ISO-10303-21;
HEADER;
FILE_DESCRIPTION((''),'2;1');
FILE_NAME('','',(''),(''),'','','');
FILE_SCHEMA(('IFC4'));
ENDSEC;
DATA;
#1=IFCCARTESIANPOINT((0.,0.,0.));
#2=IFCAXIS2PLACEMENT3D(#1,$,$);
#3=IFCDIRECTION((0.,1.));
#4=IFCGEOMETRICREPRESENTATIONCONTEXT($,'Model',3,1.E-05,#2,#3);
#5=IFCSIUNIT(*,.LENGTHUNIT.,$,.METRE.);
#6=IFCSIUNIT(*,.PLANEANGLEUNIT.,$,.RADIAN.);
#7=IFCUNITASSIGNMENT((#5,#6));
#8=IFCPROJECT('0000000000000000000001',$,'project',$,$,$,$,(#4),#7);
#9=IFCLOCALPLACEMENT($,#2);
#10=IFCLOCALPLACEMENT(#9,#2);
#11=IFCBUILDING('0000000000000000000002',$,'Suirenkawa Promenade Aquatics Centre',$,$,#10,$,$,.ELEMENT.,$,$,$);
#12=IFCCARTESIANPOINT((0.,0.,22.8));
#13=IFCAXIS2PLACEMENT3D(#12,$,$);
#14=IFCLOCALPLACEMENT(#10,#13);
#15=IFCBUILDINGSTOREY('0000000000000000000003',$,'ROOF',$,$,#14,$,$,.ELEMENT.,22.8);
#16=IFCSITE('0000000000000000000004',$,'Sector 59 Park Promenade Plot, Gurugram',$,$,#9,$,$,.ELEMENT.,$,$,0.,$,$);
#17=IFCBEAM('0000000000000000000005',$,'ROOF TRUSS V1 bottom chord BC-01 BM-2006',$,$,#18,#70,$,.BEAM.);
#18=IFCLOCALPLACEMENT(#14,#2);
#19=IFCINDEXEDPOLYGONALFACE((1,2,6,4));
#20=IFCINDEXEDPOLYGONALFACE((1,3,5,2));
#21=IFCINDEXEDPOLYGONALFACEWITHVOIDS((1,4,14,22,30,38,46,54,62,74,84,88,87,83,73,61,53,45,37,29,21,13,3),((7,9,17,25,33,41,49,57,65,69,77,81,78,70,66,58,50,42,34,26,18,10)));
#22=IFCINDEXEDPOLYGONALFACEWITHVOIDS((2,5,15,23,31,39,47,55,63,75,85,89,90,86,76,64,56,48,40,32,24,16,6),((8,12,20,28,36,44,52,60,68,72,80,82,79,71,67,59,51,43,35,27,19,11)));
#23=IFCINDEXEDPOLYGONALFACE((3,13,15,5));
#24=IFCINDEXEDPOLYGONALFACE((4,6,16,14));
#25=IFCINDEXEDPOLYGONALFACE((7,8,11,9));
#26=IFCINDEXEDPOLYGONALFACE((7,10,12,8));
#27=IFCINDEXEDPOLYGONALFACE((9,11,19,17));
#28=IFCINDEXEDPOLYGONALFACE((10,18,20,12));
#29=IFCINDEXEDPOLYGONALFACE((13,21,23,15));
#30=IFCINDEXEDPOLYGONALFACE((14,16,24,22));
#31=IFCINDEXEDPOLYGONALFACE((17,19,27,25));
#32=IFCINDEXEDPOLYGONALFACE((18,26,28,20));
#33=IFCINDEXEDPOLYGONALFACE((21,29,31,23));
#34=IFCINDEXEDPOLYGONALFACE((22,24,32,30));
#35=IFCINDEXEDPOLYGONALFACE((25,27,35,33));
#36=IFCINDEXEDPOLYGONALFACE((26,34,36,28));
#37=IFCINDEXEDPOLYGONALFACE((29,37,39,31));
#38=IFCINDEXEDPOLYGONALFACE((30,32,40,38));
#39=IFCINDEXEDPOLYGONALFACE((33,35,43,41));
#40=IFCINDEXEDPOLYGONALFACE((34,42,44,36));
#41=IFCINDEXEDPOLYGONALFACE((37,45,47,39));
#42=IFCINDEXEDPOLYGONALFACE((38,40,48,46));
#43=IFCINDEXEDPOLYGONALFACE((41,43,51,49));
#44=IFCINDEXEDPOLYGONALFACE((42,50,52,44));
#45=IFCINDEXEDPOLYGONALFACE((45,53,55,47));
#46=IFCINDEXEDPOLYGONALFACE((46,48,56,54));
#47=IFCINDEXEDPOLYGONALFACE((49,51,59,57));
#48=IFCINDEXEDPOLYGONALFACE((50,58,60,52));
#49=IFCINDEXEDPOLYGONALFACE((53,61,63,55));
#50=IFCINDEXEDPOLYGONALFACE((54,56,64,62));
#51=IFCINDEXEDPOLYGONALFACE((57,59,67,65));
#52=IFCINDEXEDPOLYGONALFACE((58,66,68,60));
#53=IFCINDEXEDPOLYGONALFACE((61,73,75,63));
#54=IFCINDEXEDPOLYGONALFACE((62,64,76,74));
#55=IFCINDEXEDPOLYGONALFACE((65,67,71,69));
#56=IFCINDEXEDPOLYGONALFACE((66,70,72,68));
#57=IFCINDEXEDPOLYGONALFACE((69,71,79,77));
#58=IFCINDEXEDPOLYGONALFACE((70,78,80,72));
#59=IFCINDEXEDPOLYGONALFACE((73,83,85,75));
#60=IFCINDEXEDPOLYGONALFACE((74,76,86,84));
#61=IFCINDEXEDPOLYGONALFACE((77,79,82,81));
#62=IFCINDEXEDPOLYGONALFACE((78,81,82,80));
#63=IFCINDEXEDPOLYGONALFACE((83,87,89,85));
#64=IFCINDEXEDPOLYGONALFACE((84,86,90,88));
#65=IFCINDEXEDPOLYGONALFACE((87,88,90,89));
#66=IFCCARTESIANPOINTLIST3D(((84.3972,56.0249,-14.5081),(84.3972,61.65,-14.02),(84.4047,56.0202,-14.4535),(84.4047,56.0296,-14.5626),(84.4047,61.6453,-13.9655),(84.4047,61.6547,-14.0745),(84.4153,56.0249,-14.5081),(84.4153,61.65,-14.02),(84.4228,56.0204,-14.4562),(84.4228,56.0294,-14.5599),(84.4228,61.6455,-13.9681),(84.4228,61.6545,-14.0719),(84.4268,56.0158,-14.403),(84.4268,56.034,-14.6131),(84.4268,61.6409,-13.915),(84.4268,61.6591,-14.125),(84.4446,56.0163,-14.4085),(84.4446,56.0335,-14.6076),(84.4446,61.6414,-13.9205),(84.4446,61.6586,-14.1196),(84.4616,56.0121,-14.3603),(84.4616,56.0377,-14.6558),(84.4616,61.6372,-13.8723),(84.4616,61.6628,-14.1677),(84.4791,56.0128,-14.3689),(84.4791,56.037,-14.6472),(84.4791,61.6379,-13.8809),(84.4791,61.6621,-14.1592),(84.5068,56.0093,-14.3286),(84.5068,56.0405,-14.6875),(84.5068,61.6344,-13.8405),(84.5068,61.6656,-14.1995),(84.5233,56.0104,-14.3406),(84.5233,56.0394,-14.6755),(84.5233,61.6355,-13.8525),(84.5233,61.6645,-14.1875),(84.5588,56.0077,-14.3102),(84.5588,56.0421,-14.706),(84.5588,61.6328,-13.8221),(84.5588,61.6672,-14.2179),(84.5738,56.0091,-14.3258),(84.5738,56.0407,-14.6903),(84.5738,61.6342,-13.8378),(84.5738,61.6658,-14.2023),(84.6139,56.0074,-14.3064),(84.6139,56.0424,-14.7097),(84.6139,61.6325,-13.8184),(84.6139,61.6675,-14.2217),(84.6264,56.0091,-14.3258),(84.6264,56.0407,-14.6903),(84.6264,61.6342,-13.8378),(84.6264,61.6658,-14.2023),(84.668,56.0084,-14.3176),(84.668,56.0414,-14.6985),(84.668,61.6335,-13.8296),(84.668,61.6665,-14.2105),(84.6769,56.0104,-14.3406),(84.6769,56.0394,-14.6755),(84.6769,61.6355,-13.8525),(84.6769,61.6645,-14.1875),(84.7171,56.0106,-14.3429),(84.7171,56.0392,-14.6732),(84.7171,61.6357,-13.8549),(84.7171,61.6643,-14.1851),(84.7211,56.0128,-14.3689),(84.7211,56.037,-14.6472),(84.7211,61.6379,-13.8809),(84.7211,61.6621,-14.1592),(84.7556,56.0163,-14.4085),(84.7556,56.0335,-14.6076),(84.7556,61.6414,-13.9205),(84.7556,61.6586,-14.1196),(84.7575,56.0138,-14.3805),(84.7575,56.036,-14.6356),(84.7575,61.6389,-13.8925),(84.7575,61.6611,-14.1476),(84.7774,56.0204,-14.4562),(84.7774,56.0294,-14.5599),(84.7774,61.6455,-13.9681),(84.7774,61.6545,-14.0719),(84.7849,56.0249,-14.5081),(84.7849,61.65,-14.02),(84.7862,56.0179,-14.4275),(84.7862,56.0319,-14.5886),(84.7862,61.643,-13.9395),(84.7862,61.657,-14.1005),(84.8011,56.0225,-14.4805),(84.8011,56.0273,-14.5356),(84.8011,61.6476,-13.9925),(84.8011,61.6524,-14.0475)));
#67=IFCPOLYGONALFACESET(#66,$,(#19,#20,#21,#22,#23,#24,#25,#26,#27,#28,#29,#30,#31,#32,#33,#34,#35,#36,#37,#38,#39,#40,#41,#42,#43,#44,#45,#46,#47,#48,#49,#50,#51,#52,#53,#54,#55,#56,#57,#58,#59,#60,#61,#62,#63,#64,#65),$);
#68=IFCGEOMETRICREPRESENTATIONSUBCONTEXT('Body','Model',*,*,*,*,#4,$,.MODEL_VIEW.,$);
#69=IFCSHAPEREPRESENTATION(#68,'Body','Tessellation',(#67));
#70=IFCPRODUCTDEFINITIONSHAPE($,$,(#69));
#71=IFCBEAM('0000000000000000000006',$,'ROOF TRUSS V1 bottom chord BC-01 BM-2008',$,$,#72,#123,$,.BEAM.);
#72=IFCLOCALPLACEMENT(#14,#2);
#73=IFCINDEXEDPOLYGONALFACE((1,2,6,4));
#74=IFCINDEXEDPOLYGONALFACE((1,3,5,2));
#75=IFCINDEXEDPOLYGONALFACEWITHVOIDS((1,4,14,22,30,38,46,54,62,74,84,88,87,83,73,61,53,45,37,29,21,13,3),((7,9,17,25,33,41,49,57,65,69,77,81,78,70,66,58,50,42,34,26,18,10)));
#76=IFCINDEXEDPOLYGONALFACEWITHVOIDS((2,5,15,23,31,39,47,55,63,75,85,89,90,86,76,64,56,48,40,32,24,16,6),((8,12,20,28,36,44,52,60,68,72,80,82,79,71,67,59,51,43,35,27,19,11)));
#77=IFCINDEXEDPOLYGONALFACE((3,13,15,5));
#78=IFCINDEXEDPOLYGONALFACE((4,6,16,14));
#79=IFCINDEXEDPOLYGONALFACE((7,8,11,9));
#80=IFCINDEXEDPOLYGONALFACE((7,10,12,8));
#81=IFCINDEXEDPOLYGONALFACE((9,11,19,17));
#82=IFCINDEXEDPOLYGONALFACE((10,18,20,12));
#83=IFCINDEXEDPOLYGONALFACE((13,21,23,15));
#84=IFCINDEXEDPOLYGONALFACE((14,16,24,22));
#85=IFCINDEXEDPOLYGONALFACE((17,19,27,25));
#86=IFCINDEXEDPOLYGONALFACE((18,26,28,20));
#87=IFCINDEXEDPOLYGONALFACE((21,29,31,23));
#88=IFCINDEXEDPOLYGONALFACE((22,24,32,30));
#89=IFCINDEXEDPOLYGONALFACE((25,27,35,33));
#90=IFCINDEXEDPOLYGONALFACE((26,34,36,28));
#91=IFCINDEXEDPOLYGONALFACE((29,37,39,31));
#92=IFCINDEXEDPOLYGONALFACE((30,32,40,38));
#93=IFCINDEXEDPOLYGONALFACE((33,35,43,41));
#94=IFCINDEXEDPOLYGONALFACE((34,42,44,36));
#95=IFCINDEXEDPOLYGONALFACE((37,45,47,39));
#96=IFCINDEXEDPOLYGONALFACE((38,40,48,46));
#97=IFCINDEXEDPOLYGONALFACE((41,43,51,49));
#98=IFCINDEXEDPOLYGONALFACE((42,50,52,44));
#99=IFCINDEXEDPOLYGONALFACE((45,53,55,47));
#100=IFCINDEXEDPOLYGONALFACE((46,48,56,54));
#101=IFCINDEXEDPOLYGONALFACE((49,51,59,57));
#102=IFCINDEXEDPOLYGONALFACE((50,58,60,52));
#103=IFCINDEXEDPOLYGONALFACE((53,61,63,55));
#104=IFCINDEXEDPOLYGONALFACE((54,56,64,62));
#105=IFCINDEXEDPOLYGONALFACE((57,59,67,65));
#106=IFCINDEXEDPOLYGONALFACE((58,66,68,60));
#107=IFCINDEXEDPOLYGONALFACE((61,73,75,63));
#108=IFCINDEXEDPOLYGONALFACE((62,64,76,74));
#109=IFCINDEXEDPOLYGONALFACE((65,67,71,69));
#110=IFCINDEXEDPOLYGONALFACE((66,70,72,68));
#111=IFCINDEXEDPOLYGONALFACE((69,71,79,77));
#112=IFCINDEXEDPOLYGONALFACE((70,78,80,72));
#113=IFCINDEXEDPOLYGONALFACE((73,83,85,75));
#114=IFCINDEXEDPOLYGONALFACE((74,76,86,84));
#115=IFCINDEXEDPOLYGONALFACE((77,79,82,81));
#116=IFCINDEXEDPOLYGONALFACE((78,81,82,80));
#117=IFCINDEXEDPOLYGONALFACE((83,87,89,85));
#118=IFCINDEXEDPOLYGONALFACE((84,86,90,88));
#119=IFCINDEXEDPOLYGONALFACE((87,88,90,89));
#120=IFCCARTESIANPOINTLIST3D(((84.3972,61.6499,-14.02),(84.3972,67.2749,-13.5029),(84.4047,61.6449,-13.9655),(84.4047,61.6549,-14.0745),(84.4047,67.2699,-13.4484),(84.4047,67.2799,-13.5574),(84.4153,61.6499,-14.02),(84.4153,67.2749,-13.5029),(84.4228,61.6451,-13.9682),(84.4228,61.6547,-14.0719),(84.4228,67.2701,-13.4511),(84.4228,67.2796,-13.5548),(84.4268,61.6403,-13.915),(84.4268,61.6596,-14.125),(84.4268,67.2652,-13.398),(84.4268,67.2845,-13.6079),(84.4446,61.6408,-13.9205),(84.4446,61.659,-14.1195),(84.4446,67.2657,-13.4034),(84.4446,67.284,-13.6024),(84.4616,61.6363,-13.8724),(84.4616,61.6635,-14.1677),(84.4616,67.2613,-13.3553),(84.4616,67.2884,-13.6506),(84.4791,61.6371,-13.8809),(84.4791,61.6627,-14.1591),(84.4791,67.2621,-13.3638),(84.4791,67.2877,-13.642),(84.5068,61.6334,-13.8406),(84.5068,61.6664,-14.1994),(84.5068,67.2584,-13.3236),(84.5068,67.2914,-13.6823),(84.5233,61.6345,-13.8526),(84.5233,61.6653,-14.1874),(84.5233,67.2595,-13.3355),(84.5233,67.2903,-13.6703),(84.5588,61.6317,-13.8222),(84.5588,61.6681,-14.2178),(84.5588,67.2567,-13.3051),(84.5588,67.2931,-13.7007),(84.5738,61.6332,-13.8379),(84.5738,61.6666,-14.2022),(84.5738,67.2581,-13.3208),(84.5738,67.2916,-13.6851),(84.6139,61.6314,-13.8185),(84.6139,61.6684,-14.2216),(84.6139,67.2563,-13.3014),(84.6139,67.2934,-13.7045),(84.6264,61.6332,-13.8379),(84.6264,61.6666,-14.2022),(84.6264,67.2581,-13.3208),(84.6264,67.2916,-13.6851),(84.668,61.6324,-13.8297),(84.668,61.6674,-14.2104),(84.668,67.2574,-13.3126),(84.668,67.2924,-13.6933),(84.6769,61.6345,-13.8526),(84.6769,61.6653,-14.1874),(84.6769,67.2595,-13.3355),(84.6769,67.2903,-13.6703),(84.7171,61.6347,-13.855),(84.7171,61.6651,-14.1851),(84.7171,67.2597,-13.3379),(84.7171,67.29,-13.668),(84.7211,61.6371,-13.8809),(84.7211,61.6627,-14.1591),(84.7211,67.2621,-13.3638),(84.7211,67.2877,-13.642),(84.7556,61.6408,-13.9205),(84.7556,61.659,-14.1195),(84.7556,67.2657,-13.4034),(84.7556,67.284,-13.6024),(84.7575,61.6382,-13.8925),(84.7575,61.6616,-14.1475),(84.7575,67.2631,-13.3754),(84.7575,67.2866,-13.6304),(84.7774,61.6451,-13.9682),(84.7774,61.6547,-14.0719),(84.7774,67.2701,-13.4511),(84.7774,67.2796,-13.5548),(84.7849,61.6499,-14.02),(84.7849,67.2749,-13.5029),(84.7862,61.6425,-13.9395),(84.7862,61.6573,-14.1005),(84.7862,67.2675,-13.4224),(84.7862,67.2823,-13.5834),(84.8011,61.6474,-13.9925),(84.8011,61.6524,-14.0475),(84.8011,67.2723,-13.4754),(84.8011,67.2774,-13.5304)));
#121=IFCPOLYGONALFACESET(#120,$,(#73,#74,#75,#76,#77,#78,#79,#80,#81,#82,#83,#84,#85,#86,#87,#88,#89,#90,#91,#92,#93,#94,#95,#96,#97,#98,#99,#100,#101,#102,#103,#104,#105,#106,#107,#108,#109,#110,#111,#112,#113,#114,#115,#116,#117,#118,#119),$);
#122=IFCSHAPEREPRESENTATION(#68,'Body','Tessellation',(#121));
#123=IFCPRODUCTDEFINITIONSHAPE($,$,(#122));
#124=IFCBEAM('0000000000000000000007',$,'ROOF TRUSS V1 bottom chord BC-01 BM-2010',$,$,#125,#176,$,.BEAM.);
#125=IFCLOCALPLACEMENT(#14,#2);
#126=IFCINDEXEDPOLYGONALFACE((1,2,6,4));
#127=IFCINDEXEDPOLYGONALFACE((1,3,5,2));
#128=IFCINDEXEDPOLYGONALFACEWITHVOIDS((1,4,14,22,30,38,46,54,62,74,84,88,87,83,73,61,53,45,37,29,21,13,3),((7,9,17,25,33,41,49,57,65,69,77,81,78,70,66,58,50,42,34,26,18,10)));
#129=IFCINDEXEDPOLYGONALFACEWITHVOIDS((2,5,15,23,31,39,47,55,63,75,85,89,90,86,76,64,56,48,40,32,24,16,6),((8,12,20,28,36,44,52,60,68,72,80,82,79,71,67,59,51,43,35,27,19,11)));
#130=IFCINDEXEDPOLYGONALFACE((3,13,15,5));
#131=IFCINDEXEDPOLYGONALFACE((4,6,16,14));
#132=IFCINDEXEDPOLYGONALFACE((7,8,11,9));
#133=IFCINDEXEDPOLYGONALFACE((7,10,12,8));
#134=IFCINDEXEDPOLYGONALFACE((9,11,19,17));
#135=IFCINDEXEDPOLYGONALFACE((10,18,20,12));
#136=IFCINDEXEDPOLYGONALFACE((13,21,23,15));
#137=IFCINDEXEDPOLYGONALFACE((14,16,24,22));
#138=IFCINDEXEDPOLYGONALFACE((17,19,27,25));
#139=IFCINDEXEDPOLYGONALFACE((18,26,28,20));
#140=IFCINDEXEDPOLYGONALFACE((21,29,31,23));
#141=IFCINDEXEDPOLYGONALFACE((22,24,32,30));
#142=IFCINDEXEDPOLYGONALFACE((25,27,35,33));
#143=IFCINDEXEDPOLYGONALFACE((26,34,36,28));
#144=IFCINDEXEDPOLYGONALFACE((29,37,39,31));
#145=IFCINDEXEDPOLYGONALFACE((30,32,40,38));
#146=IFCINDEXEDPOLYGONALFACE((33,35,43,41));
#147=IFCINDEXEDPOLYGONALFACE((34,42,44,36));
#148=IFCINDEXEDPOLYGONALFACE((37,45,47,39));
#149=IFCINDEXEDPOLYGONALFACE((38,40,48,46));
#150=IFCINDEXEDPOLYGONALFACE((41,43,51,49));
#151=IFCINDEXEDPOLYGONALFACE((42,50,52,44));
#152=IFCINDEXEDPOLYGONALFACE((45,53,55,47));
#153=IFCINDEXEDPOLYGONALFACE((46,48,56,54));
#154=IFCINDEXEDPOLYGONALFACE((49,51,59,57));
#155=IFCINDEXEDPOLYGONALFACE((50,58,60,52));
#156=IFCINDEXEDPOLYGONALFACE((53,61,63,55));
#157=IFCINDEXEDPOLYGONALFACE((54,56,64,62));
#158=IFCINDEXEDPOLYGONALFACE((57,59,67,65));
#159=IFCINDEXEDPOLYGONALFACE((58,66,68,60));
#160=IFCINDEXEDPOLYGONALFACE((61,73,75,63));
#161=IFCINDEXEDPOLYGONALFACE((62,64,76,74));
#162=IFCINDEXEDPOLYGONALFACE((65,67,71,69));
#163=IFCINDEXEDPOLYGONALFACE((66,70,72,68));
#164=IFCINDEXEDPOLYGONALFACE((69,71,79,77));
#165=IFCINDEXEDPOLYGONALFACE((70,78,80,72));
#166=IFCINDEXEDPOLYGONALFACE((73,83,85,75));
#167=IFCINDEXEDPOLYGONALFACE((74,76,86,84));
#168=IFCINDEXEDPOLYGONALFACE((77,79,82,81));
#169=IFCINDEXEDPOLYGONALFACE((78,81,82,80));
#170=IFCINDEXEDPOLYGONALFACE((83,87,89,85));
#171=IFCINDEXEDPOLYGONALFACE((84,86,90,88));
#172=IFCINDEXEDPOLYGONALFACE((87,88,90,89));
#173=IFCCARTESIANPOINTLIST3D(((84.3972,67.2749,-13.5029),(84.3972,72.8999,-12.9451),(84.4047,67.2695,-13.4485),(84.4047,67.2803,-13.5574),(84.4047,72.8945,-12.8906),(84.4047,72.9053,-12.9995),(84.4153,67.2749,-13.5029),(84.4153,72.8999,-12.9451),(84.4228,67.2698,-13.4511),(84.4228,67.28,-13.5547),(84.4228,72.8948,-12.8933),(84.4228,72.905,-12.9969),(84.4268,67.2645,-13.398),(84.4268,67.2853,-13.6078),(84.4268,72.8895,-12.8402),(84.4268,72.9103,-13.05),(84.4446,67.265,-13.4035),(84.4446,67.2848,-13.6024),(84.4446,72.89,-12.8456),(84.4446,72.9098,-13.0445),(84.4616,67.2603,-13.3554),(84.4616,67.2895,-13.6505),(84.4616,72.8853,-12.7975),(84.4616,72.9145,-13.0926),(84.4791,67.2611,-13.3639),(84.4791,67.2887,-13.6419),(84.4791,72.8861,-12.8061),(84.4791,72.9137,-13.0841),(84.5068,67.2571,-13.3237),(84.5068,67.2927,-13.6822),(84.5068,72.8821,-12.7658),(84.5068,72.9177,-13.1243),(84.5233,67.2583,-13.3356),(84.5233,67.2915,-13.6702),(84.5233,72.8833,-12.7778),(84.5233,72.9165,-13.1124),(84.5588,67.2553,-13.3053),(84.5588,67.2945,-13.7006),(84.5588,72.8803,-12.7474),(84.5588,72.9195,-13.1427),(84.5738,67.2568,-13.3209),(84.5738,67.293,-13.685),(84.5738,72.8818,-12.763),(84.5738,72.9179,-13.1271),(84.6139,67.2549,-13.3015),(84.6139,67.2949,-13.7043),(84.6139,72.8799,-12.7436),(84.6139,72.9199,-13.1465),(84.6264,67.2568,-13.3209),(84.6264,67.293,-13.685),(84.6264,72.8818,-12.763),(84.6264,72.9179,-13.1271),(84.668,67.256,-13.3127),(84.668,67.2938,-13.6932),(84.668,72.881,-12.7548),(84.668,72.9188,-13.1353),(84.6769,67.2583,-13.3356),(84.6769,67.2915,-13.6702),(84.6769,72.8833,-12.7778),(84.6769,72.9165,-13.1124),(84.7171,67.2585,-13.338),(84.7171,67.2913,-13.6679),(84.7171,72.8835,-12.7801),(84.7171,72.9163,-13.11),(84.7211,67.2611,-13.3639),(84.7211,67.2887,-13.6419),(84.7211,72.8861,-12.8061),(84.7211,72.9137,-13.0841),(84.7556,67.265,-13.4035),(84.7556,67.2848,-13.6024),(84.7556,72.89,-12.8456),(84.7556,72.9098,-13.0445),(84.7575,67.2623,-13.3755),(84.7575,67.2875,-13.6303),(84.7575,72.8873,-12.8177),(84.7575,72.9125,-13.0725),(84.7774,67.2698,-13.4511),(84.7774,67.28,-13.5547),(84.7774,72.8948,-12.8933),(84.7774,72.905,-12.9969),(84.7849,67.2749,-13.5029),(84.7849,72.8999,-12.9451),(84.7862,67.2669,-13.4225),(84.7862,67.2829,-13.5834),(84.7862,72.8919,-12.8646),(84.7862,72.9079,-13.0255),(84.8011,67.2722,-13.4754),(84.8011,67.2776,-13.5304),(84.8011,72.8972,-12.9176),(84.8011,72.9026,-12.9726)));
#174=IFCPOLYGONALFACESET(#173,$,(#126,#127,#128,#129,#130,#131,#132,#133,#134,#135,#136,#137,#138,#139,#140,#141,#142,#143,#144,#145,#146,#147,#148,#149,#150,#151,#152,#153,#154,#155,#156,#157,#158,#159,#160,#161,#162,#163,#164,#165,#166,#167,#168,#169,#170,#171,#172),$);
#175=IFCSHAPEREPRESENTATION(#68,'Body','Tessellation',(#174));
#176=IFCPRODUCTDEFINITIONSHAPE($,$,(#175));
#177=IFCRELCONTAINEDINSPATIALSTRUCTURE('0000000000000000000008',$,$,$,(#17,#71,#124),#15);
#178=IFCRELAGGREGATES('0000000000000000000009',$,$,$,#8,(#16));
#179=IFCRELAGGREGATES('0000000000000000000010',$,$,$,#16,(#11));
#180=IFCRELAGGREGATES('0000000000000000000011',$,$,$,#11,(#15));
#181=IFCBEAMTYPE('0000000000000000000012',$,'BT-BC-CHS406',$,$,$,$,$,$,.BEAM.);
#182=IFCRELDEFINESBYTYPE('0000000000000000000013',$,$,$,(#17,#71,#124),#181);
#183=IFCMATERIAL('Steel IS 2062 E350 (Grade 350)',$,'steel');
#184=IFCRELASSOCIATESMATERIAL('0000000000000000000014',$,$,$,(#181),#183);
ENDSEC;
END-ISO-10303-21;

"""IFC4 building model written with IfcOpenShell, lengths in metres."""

from ifc_helpers import new_model, si_unit, direction, frame, origin, origin_2d, place, context, subcontext, project, spatial, hollow_circle, extrude, material, material_profile, profile_set, type_object, element, save


model = new_model("IFC4")

# Units and contexts
model_context = context("Model", 3, precision=1e-05, world=origin(), true_north=direction((0.0, 1.0)))
body_context = subcontext(model_context, "Body", "Model", "MODEL_VIEW")
ifc_project = project(units=[si_unit("LENGTHUNIT", "METRE"), si_unit("PLANEANGLEUNIT", "RADIAN")], contexts=[model_context])

# Site, building, storey
site_placement = place(None, origin())
site = spatial("IfcSite", under=ifc_project, at=site_placement, Name="Sector 59 Park Promenade Plot, Gurugram", CompositionType="ELEMENT", RefElevation=0.0)
building_placement = place(site_placement, origin())
building = spatial("IfcBuilding", under=site, at=building_placement, Name="Suirenkawa Promenade Aquatics Centre", CompositionType="ELEMENT")
storey_placement = place(building_placement, frame((0.0, 0.0, 22.8)))
storey = spatial("IfcBuildingStorey", under=building, at=storey_placement, Name="ROOF", CompositionType="ELEMENT", Elevation=22.8)

# Beams
ifc_material = material(Name="Steel IS 2062 E350 (Grade 350)", Category="steel")
ifc_material_profile_1 = material_profile(ifc_material, hollow_circle(Radius=0.2029, WallThickness=0.0181, at=origin_2d()), Name="CHS 406x18", Category="steel")
ifc_profile_set_1 = profile_set([ifc_material_profile_1], Name="Steel IS 2062 E350 (Grade 350)")
beam_type_1 = type_object("IfcBeamType", Name="BT-BC-CHS406", PredefinedType="BEAM", material=ifc_profile_set_1)
beam_1_placement = place(storey_placement, frame((84.6001, 56.0249, -14.5081), z_axis=(0.0, 0.996257, 0.086437), x_axis=(-1.0, 0.0, 0.0)))
element("IfcBeam", 1, at=beam_1_placement, inside=storey, type_object=beam_type_1, Name="ROOF TRUSS V1 bottom chord BC-01 BM-2006", PredefinedType="BEAM", context=body_context, shape_type="SweptSolid", body=[
    extrude(hollow_circle(Radius=0.2029, WallThickness=0.0181, at=origin_2d()), origin(), (0.0, 0.0, 1.0), 5.6462),
])
beam_2_placement = place(storey_placement, frame((84.6001, 61.6499, -14.02), z_axis=(0.0, 0.995801, 0.091541), x_axis=(-1.0, 0.0, 0.0)))
element("IfcBeam", 2, at=beam_2_placement, inside=storey, type_object=beam_type_1, Name="ROOF TRUSS V1 bottom chord BC-01 BM-2008", PredefinedType="BEAM", context=body_context, shape_type="SweptSolid", body=[
    extrude(hollow_circle(Radius=0.2029, WallThickness=0.0181, at=origin_2d()), origin(), (0.0, 0.0, 1.0), 5.6487),
])
beam_3_placement = place(storey_placement, frame((84.6001, 67.2749, -13.5029), z_axis=(0.0, 0.995118, 0.098691), x_axis=(-1.0, 0.0, 0.0)))
element("IfcBeam", 3, at=beam_3_placement, inside=storey, type_object=beam_type_1, Name="ROOF TRUSS V1 bottom chord BC-01 BM-2010", PredefinedType="BEAM", context=body_context, shape_type="SweptSolid", body=[
    extrude(hollow_circle(Radius=0.2029, WallThickness=0.0181, at=origin_2d()), origin(), (0.0, 0.0, 1.0), 5.6526),
])

save(model, "model.ifc")
